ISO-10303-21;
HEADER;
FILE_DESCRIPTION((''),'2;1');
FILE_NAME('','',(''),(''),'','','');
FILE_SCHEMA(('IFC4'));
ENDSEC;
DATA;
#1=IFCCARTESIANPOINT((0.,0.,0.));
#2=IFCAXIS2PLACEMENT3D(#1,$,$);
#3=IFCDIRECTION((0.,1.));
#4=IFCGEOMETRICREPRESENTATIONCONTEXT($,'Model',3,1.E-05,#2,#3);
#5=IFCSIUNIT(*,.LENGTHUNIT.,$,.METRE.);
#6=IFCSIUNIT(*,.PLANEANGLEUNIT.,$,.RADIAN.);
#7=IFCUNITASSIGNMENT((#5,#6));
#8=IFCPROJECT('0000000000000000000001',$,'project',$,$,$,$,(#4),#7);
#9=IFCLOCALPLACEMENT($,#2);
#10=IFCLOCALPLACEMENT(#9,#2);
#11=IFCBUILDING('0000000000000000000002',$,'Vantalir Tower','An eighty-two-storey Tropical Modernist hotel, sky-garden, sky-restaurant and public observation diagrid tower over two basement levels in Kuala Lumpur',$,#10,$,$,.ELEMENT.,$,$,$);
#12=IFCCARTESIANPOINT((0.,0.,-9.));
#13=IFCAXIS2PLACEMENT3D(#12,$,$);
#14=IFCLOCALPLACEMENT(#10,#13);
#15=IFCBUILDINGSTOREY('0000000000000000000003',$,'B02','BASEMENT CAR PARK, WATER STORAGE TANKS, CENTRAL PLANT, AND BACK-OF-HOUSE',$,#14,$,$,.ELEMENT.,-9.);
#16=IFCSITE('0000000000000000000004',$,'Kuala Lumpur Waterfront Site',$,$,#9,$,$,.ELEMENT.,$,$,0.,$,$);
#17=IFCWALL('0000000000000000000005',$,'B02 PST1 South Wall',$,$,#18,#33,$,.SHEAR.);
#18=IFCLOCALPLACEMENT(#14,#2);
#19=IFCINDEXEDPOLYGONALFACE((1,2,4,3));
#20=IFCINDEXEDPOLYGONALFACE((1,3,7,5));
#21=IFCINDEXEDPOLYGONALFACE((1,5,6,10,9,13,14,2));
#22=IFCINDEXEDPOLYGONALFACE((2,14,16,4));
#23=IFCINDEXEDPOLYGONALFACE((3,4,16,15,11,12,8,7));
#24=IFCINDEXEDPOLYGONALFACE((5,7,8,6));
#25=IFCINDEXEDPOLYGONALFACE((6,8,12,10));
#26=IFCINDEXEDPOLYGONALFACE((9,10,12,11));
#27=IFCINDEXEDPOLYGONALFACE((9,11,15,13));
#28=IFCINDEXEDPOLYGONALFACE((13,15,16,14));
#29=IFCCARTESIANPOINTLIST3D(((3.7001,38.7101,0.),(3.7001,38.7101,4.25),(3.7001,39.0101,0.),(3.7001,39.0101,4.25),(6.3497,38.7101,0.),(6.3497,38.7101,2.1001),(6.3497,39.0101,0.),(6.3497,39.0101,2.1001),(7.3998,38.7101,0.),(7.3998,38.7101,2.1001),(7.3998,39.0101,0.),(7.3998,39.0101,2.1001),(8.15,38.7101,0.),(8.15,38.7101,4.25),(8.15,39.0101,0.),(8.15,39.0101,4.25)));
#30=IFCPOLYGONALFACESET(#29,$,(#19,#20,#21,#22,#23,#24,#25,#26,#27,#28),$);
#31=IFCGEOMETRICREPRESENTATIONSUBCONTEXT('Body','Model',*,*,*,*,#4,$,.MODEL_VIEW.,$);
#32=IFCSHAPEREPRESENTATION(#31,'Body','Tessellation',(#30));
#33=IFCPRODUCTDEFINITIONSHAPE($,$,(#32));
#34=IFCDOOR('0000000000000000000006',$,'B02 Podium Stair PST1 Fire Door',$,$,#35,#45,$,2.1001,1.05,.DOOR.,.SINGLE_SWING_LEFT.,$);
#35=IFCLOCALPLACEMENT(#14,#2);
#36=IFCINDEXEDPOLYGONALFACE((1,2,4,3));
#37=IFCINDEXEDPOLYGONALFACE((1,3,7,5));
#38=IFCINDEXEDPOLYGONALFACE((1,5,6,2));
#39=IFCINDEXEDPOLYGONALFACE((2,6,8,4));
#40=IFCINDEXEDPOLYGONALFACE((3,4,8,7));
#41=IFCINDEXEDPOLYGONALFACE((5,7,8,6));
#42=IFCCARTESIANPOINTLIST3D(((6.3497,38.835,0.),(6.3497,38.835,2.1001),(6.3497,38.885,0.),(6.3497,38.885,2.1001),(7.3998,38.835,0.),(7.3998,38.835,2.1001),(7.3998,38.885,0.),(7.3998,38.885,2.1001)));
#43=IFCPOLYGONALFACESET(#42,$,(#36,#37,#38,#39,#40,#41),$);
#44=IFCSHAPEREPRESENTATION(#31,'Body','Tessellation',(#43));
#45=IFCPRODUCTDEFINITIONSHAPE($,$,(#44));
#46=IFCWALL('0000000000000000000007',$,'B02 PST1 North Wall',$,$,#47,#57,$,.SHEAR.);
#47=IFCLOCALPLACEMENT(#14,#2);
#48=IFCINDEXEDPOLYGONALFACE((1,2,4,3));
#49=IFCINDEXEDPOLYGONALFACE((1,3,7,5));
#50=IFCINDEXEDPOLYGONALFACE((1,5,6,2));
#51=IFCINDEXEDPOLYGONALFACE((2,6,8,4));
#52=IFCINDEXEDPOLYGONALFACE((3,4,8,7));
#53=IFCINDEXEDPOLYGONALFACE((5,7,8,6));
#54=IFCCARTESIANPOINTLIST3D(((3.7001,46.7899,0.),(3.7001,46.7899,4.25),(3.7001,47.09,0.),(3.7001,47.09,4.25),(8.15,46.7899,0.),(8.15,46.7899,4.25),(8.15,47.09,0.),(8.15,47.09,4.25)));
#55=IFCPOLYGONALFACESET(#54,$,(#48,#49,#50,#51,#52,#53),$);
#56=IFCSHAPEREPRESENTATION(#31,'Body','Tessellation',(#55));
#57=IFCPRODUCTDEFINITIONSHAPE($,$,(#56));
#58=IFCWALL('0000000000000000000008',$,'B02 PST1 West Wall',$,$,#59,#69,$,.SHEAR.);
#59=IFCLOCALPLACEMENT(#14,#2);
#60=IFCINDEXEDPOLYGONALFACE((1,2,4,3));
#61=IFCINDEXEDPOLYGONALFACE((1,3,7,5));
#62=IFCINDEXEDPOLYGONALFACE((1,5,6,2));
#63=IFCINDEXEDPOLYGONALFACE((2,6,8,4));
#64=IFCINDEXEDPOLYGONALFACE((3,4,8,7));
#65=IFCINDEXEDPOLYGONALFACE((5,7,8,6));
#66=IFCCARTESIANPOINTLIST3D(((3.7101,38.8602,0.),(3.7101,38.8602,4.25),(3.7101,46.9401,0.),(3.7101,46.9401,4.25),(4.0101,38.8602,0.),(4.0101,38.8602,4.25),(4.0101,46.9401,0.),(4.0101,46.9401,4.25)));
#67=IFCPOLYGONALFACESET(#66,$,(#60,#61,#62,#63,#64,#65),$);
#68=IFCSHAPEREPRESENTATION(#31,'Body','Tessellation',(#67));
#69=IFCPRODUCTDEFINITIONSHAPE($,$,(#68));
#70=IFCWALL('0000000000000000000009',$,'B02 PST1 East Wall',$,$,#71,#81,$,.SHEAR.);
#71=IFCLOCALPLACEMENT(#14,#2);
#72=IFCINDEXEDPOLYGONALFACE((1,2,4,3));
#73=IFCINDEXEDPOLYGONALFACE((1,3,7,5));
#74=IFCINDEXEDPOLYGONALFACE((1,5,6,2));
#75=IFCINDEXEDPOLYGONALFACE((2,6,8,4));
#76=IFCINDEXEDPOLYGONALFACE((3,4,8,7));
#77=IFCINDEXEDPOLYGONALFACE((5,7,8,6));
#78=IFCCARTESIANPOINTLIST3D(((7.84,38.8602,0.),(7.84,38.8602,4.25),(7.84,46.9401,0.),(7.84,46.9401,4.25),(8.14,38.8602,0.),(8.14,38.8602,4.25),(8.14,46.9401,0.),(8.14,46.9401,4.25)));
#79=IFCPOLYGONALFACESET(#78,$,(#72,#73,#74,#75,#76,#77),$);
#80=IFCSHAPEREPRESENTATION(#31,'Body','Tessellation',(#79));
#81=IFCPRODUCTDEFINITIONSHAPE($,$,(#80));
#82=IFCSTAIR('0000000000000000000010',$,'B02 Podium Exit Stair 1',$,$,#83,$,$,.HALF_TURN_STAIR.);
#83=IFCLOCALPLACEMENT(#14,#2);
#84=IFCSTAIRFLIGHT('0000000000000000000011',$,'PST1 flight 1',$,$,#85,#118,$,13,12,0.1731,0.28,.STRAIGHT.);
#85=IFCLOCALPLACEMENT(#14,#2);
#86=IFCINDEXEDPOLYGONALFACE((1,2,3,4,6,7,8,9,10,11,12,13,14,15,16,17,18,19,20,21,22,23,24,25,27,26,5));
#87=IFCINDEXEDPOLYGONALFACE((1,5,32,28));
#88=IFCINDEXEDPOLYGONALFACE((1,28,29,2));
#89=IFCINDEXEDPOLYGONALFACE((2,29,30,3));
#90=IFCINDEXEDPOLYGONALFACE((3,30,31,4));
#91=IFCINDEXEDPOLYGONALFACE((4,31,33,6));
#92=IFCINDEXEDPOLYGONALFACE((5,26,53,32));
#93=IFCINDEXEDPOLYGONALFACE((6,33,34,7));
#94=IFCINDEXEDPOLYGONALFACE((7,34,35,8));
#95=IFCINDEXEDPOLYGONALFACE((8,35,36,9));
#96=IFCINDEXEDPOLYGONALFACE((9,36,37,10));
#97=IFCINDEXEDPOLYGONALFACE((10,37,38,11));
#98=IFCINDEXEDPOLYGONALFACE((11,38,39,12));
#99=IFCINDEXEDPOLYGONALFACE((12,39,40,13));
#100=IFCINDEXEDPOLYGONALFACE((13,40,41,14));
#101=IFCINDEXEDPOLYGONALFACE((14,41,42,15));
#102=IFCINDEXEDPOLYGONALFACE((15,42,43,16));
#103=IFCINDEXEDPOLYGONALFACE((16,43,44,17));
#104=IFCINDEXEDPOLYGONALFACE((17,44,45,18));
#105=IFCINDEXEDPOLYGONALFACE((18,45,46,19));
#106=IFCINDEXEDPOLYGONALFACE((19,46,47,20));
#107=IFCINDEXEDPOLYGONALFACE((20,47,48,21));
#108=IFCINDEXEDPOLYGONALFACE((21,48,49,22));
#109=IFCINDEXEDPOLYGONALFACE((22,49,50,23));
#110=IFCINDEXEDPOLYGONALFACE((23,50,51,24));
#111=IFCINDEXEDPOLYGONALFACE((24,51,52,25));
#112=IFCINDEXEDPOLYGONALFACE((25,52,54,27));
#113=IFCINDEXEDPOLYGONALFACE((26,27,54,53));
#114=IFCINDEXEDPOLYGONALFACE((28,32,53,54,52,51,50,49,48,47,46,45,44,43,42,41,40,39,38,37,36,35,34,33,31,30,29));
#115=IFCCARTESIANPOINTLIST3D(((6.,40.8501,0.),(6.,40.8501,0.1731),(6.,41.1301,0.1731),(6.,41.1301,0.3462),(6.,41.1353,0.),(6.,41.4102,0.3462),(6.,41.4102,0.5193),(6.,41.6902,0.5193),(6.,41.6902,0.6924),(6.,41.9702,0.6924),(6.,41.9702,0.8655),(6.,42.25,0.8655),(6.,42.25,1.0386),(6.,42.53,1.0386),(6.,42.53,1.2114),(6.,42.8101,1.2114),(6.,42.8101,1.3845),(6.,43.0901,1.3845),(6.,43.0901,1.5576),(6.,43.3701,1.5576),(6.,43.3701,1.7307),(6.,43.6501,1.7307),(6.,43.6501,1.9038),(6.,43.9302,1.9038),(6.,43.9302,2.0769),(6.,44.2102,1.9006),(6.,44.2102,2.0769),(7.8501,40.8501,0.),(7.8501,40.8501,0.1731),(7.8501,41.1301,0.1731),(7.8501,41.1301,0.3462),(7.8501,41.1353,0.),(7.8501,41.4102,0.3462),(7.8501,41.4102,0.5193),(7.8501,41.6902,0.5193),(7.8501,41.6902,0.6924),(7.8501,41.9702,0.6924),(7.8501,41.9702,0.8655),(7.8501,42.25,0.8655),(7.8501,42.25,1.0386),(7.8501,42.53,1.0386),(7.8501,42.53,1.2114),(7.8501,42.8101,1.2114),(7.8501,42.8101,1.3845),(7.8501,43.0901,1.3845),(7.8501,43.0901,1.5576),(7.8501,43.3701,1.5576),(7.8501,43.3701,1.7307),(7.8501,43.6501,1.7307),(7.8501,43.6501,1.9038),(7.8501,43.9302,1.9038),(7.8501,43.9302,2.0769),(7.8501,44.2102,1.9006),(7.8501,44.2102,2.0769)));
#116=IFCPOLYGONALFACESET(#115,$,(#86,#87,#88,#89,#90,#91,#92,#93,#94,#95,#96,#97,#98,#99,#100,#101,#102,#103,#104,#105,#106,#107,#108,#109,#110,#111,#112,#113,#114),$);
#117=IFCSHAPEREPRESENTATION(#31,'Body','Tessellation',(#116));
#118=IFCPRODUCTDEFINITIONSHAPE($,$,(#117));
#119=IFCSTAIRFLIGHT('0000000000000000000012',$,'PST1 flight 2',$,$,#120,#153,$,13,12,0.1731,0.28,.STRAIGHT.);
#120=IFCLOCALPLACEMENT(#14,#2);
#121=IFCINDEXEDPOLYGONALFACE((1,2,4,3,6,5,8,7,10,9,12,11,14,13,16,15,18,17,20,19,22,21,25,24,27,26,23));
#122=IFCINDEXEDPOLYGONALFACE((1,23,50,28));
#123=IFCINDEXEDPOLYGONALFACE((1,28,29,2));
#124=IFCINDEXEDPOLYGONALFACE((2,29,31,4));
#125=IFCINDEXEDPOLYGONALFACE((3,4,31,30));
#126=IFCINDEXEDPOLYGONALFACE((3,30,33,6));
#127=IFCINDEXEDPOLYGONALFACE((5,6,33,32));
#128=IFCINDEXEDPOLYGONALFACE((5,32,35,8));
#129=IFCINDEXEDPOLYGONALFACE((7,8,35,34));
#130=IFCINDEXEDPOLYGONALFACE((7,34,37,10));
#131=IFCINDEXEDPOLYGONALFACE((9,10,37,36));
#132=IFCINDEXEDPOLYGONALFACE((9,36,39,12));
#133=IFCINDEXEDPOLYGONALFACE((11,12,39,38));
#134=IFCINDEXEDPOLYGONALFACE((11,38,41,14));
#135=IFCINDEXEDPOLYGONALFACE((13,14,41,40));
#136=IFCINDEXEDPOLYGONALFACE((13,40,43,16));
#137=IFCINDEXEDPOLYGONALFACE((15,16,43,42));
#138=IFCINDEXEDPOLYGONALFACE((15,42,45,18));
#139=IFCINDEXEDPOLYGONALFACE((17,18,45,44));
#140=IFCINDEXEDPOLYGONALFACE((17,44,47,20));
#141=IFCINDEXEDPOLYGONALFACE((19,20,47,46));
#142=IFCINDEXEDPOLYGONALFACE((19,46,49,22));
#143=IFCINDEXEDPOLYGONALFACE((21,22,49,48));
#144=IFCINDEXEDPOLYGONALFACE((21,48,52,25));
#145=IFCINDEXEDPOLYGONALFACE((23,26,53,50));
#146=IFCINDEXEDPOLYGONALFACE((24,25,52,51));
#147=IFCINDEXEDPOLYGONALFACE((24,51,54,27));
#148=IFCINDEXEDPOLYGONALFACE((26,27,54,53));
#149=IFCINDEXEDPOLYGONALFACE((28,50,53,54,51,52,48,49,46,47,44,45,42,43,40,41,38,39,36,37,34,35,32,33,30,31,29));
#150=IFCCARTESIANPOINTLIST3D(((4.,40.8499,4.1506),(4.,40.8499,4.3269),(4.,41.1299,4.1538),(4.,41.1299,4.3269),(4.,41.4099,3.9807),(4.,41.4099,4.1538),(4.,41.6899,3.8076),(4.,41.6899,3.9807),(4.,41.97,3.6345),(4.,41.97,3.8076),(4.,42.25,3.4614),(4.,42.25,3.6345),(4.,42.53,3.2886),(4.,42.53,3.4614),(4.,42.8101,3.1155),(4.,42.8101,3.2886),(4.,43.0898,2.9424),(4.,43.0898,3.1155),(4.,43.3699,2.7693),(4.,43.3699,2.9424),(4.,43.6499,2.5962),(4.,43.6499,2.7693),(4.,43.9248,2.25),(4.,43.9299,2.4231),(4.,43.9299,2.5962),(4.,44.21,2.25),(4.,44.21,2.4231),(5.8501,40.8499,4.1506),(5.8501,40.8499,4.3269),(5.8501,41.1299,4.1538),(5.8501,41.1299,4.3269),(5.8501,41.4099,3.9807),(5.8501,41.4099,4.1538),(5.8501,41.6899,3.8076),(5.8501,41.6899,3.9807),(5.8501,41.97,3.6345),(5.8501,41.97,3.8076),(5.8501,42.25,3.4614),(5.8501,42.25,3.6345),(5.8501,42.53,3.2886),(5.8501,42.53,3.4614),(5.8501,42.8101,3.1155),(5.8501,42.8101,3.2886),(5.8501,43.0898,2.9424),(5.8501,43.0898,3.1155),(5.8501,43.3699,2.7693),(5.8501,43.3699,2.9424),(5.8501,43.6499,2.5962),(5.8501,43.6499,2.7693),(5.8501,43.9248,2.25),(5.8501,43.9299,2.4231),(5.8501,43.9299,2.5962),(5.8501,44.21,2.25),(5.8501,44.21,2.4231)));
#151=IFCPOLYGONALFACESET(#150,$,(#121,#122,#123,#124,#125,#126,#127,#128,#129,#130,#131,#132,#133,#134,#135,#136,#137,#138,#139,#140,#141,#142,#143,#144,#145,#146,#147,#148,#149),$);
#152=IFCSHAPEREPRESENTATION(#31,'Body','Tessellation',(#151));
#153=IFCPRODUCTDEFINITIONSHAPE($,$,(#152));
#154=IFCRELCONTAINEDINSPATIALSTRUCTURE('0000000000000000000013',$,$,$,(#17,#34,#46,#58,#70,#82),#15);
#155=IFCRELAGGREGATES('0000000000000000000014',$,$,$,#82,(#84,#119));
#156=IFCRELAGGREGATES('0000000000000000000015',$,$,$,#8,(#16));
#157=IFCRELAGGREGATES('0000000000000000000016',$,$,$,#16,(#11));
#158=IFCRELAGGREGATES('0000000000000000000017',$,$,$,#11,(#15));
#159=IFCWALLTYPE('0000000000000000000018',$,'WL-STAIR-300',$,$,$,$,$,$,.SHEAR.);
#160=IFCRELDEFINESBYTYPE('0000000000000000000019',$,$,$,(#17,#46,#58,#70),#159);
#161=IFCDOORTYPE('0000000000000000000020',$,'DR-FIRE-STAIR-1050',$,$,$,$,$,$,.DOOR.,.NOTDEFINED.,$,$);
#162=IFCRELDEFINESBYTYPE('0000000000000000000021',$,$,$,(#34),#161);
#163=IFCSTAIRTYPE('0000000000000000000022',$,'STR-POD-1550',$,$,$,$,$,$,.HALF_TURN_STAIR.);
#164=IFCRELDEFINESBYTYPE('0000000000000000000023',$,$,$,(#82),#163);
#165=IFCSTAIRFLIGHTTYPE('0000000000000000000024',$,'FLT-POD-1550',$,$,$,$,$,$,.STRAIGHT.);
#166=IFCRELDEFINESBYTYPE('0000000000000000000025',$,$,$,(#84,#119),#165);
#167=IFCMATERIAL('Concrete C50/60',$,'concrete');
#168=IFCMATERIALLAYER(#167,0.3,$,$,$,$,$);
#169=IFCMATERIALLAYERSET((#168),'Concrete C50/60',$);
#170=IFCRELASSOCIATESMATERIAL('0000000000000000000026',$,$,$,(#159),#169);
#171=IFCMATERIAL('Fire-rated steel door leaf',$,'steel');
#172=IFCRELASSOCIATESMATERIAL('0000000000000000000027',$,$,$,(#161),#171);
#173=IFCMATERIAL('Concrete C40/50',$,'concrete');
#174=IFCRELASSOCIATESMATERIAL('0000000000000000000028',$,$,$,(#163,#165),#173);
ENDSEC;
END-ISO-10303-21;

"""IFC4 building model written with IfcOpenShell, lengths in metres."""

from ifc_helpers import new_model, si_unit, direction, frame, frame_2d, origin, place, context, subcontext, project, spatial, polyline, rectangle, outline, extrude, material, layer, layer_set, type_object, element, fill, aggregate, save


model = new_model("IFC4")

# Units and contexts
model_context = context("Model", 3, precision=1e-05, world=origin(), true_north=direction((0.0, 1.0)))
body_context = subcontext(model_context, "Body", "Model", "MODEL_VIEW")
ifc_project = project(units=[si_unit("LENGTHUNIT", "METRE"), si_unit("PLANEANGLEUNIT", "RADIAN")], contexts=[model_context])

# Site, building, storey
site_placement = place(None, origin())
site = spatial("IfcSite", under=ifc_project, at=site_placement, Name="Kuala Lumpur Waterfront Site", CompositionType="ELEMENT", RefElevation=0.0)
building_placement = place(site_placement, origin())
building = spatial("IfcBuilding", under=site, at=building_placement, Name="Vantalir Tower", Description="An eighty-two-storey Tropical Modernist hotel, sky-garden, sky-restaurant and public observation diagrid tower over two basement levels in Kuala Lumpur", CompositionType="ELEMENT")
storey_placement = place(building_placement, frame((0.0, 0.0, -9.0)))
storey = spatial("IfcBuildingStorey", under=building, at=storey_placement, Name="B02", Description="BASEMENT CAR PARK, WATER STORAGE TANKS, CENTRAL PLANT, AND BACK-OF-HOUSE", CompositionType="ELEMENT", Elevation=-9.0)

# Shared definitions
ifc_material_1 = material(Name="Concrete C50/60", Category="concrete")

# Shared definitions
ifc_material_2 = material(Name="Concrete C40/50", Category="concrete")

# Wall, opening, door
ifc_layer_1 = layer(ifc_material_1, 0.3)
ifc_layer_set_1 = layer_set([ifc_layer_1], Name="Concrete C50/60")
wall_type_1 = type_object("IfcWallType", Name="WL-STAIR-300", PredefinedType="SHEAR", material=ifc_layer_set_1)
wall_1_placement = place(storey_placement, frame((3.7, 38.8601, 0.0), z_axis=(0.0, 0.0, 1.0), x_axis=(1.0, 0.0, 0.0)))
wall_1 = element("IfcWall", 1, at=wall_1_placement, inside=storey, type_object=wall_type_1, Name="B02 PST1 South Wall", PredefinedType="SHEAR", context=body_context, shape_type="SweptSolid", body=[
    extrude(rectangle(XDim=4.45, YDim=0.3, at=frame_2d((2.2251, 0.0))), origin(), (0.0, 0.0, 1.0), 4.25),
])
opening_placement = place(wall_1_placement, frame((2.6499, 0.0, 0.0)))
opening = element("IfcOpeningElement", 2, at=opening_placement, cuts=wall_1, PredefinedType="OPENING", context=body_context, shape_type="SweptSolid", body=[
    extrude(rectangle(XDim=1.05, YDim=2.1001, at=frame_2d((0.5249, 1.05))), frame((0.0, 0.1599, 0.0), z_axis=(0.0, -1.0, 0.0), x_axis=(1.0, 0.0, 0.0)), (0.0, 0.0, 1.0), 0.3201),
])
ifc_material_3 = material(Name="Fire-rated steel door leaf", Category="steel")
door_type = type_object("IfcDoorType", Name="DR-FIRE-STAIR-1050", OperationType="NOTDEFINED", PredefinedType="DOOR", material=ifc_material_3)
door_placement = place(opening_placement, origin())
door = element("IfcDoor", 3, at=door_placement, inside=storey, type_object=door_type, Name="B02 Podium Stair PST1 Fire Door", OperationType="SINGLE_SWING_LEFT", OverallHeight=2.1001, OverallWidth=1.05, PredefinedType="DOOR", context=body_context, shape_type="SweptSolid", body=[
    extrude(rectangle(XDim=1.05, YDim=2.1001, at=frame_2d((0.5249, 1.05))), frame((0.0, 0.0249, 0.0), z_axis=(0.0, -1.0, 0.0), x_axis=(1.0, 0.0, 0.0)), (0.0, 0.0, 1.0), 0.05),
])
fill(opening, door)

# Walls
wall_2_placement = place(storey_placement, frame((3.7, 46.9399, 0.0), z_axis=(0.0, 0.0, 1.0), x_axis=(1.0, 0.0, 0.0)))
element("IfcWall", 4, at=wall_2_placement, inside=storey, type_object=wall_type_1, Name="B02 PST1 North Wall", PredefinedType="SHEAR", context=body_context, shape_type="SweptSolid", body=[
    extrude(rectangle(XDim=4.45, YDim=0.3, at=frame_2d((2.2251, 0.0))), origin(), (0.0, 0.0, 1.0), 4.25),
])
for number, where, z_axis, x_axis, name in (
    (5, (3.8601, 38.8601, 0.0), (0.0, 0.0, 1.0), (0.0, 1.0, 0.0), "B02 PST1 West Wall"),
    (6, (7.99, 38.8601, 0.0), (0.0, 0.0, 1.0), (0.0, 1.0, 0.0), "B02 PST1 East Wall"),
):
    element("IfcWall", number, at=place(storey_placement, frame(where, z_axis=z_axis, x_axis=x_axis)), inside=storey, type_object=wall_type_1, Name=name, PredefinedType="SHEAR", context=body_context, shape_type="SweptSolid", body=[
        extrude(rectangle(XDim=8.0798, YDim=0.3, at=frame_2d((4.04, 0.0))), origin(), (0.0, 0.0, 1.0), 4.25),
    ])

# Stair, stair flights
stair_type = type_object("IfcStairType", Name="STR-POD-1550", PredefinedType="HALF_TURN_STAIR", material=ifc_material_2)
stair_placement = place(storey_placement, origin())
stair = element("IfcStair", 7, at=stair_placement, inside=storey, type_object=stair_type, Name="B02 Podium Exit Stair 1", PredefinedType="HALF_TURN_STAIR")
stair_flight_type = type_object("IfcStairFlightType", Name="FLT-POD-1550", PredefinedType="STRAIGHT", material=ifc_material_2)
stair_flight_1_placement = place(storey_placement, frame((6.925, 40.8501, 0.0), z_axis=(0.0, 0.0, 1.0), x_axis=(0.0, 1.0, 0.0)))
stair_flight_1 = element("IfcStairFlight", 8, at=stair_flight_1_placement, type_object=stair_flight_type, Name="PST1 flight 1", NumberOfRisers=13, NumberOfTreads=12, PredefinedType="STRAIGHT", RiserHeight=0.1731, TreadLength=0.28, context=body_context, shape_type="SweptSolid", body=[
    extrude(outline(polyline([(0.0, 0.0), (0.0, 0.1731), (0.28, 0.1731), (0.28, 0.3462), (0.5601, 0.3462), (0.5601, 0.5193), (0.8401, 0.5193), (0.8401, 0.6924), (1.1201, 0.6924), (1.1201, 0.8655), (1.3999, 0.8655), (1.3999, 1.0386), (1.6799, 1.0386), (1.6799, 1.2114), (1.96, 1.2114), (1.96, 1.3845), (2.24, 1.3845), (2.24, 1.5576), (2.52, 1.5576), (2.52, 1.7307), (2.8, 1.7307), (2.8, 1.9038), (3.0801, 1.9038), (3.0801, 2.0769), (3.3601, 2.0769), (3.3601, 2.25), (3.3601, 1.9006), (0.2852, 0.0), (0.0, 0.0)])), frame((0.0, 0.925, 0.0), z_axis=(0.0, -1.0, 0.0), x_axis=(1.0, 0.0, 0.0)), (0.0, 0.0, 1.0), 1.8501),
])
stair_flight_2_placement = place(storey_placement, frame((4.925, 44.21, 2.25), z_axis=(0.0, 0.0, 1.0), x_axis=(0.0, -1.0, 0.0)))
stair_flight_2 = element("IfcStairFlight", 9, at=stair_flight_2_placement, type_object=stair_flight_type, Name="PST1 flight 2", NumberOfRisers=13, NumberOfTreads=12, PredefinedType="STRAIGHT", RiserHeight=0.1731, TreadLength=0.28, context=body_context, shape_type="SweptSolid", body=[
    extrude(outline(polyline([(0.0, 0.0), (0.0, 0.1731), (0.28, 0.1731), (0.28, 0.3462), (0.5601, 0.3462), (0.5601, 0.5193), (0.8401, 0.5193), (0.8401, 0.6924), (1.1201, 0.6924), (1.1201, 0.8655), (1.3999, 0.8655), (1.3999, 1.0386), (1.6799, 1.0386), (1.6799, 1.2114), (1.96, 1.2114), (1.96, 1.3845), (2.24, 1.3845), (2.24, 1.5576), (2.52, 1.5576), (2.52, 1.7307), (2.8, 1.7307), (2.8, 1.9038), (3.0801, 1.9038), (3.0801, 2.0769), (3.3601, 2.0769), (3.3601, 2.25), (3.3601, 1.9006), (0.2852, 0.0), (0.0, 0.0)])), frame((0.0, 0.925, 0.0), z_axis=(0.0, -1.0, 0.0), x_axis=(1.0, 0.0, 0.0)), (0.0, 0.0, 1.0), 1.8501),
])
aggregate(stair, [stair_flight_1, stair_flight_2])

save(model, "model.ifc")
